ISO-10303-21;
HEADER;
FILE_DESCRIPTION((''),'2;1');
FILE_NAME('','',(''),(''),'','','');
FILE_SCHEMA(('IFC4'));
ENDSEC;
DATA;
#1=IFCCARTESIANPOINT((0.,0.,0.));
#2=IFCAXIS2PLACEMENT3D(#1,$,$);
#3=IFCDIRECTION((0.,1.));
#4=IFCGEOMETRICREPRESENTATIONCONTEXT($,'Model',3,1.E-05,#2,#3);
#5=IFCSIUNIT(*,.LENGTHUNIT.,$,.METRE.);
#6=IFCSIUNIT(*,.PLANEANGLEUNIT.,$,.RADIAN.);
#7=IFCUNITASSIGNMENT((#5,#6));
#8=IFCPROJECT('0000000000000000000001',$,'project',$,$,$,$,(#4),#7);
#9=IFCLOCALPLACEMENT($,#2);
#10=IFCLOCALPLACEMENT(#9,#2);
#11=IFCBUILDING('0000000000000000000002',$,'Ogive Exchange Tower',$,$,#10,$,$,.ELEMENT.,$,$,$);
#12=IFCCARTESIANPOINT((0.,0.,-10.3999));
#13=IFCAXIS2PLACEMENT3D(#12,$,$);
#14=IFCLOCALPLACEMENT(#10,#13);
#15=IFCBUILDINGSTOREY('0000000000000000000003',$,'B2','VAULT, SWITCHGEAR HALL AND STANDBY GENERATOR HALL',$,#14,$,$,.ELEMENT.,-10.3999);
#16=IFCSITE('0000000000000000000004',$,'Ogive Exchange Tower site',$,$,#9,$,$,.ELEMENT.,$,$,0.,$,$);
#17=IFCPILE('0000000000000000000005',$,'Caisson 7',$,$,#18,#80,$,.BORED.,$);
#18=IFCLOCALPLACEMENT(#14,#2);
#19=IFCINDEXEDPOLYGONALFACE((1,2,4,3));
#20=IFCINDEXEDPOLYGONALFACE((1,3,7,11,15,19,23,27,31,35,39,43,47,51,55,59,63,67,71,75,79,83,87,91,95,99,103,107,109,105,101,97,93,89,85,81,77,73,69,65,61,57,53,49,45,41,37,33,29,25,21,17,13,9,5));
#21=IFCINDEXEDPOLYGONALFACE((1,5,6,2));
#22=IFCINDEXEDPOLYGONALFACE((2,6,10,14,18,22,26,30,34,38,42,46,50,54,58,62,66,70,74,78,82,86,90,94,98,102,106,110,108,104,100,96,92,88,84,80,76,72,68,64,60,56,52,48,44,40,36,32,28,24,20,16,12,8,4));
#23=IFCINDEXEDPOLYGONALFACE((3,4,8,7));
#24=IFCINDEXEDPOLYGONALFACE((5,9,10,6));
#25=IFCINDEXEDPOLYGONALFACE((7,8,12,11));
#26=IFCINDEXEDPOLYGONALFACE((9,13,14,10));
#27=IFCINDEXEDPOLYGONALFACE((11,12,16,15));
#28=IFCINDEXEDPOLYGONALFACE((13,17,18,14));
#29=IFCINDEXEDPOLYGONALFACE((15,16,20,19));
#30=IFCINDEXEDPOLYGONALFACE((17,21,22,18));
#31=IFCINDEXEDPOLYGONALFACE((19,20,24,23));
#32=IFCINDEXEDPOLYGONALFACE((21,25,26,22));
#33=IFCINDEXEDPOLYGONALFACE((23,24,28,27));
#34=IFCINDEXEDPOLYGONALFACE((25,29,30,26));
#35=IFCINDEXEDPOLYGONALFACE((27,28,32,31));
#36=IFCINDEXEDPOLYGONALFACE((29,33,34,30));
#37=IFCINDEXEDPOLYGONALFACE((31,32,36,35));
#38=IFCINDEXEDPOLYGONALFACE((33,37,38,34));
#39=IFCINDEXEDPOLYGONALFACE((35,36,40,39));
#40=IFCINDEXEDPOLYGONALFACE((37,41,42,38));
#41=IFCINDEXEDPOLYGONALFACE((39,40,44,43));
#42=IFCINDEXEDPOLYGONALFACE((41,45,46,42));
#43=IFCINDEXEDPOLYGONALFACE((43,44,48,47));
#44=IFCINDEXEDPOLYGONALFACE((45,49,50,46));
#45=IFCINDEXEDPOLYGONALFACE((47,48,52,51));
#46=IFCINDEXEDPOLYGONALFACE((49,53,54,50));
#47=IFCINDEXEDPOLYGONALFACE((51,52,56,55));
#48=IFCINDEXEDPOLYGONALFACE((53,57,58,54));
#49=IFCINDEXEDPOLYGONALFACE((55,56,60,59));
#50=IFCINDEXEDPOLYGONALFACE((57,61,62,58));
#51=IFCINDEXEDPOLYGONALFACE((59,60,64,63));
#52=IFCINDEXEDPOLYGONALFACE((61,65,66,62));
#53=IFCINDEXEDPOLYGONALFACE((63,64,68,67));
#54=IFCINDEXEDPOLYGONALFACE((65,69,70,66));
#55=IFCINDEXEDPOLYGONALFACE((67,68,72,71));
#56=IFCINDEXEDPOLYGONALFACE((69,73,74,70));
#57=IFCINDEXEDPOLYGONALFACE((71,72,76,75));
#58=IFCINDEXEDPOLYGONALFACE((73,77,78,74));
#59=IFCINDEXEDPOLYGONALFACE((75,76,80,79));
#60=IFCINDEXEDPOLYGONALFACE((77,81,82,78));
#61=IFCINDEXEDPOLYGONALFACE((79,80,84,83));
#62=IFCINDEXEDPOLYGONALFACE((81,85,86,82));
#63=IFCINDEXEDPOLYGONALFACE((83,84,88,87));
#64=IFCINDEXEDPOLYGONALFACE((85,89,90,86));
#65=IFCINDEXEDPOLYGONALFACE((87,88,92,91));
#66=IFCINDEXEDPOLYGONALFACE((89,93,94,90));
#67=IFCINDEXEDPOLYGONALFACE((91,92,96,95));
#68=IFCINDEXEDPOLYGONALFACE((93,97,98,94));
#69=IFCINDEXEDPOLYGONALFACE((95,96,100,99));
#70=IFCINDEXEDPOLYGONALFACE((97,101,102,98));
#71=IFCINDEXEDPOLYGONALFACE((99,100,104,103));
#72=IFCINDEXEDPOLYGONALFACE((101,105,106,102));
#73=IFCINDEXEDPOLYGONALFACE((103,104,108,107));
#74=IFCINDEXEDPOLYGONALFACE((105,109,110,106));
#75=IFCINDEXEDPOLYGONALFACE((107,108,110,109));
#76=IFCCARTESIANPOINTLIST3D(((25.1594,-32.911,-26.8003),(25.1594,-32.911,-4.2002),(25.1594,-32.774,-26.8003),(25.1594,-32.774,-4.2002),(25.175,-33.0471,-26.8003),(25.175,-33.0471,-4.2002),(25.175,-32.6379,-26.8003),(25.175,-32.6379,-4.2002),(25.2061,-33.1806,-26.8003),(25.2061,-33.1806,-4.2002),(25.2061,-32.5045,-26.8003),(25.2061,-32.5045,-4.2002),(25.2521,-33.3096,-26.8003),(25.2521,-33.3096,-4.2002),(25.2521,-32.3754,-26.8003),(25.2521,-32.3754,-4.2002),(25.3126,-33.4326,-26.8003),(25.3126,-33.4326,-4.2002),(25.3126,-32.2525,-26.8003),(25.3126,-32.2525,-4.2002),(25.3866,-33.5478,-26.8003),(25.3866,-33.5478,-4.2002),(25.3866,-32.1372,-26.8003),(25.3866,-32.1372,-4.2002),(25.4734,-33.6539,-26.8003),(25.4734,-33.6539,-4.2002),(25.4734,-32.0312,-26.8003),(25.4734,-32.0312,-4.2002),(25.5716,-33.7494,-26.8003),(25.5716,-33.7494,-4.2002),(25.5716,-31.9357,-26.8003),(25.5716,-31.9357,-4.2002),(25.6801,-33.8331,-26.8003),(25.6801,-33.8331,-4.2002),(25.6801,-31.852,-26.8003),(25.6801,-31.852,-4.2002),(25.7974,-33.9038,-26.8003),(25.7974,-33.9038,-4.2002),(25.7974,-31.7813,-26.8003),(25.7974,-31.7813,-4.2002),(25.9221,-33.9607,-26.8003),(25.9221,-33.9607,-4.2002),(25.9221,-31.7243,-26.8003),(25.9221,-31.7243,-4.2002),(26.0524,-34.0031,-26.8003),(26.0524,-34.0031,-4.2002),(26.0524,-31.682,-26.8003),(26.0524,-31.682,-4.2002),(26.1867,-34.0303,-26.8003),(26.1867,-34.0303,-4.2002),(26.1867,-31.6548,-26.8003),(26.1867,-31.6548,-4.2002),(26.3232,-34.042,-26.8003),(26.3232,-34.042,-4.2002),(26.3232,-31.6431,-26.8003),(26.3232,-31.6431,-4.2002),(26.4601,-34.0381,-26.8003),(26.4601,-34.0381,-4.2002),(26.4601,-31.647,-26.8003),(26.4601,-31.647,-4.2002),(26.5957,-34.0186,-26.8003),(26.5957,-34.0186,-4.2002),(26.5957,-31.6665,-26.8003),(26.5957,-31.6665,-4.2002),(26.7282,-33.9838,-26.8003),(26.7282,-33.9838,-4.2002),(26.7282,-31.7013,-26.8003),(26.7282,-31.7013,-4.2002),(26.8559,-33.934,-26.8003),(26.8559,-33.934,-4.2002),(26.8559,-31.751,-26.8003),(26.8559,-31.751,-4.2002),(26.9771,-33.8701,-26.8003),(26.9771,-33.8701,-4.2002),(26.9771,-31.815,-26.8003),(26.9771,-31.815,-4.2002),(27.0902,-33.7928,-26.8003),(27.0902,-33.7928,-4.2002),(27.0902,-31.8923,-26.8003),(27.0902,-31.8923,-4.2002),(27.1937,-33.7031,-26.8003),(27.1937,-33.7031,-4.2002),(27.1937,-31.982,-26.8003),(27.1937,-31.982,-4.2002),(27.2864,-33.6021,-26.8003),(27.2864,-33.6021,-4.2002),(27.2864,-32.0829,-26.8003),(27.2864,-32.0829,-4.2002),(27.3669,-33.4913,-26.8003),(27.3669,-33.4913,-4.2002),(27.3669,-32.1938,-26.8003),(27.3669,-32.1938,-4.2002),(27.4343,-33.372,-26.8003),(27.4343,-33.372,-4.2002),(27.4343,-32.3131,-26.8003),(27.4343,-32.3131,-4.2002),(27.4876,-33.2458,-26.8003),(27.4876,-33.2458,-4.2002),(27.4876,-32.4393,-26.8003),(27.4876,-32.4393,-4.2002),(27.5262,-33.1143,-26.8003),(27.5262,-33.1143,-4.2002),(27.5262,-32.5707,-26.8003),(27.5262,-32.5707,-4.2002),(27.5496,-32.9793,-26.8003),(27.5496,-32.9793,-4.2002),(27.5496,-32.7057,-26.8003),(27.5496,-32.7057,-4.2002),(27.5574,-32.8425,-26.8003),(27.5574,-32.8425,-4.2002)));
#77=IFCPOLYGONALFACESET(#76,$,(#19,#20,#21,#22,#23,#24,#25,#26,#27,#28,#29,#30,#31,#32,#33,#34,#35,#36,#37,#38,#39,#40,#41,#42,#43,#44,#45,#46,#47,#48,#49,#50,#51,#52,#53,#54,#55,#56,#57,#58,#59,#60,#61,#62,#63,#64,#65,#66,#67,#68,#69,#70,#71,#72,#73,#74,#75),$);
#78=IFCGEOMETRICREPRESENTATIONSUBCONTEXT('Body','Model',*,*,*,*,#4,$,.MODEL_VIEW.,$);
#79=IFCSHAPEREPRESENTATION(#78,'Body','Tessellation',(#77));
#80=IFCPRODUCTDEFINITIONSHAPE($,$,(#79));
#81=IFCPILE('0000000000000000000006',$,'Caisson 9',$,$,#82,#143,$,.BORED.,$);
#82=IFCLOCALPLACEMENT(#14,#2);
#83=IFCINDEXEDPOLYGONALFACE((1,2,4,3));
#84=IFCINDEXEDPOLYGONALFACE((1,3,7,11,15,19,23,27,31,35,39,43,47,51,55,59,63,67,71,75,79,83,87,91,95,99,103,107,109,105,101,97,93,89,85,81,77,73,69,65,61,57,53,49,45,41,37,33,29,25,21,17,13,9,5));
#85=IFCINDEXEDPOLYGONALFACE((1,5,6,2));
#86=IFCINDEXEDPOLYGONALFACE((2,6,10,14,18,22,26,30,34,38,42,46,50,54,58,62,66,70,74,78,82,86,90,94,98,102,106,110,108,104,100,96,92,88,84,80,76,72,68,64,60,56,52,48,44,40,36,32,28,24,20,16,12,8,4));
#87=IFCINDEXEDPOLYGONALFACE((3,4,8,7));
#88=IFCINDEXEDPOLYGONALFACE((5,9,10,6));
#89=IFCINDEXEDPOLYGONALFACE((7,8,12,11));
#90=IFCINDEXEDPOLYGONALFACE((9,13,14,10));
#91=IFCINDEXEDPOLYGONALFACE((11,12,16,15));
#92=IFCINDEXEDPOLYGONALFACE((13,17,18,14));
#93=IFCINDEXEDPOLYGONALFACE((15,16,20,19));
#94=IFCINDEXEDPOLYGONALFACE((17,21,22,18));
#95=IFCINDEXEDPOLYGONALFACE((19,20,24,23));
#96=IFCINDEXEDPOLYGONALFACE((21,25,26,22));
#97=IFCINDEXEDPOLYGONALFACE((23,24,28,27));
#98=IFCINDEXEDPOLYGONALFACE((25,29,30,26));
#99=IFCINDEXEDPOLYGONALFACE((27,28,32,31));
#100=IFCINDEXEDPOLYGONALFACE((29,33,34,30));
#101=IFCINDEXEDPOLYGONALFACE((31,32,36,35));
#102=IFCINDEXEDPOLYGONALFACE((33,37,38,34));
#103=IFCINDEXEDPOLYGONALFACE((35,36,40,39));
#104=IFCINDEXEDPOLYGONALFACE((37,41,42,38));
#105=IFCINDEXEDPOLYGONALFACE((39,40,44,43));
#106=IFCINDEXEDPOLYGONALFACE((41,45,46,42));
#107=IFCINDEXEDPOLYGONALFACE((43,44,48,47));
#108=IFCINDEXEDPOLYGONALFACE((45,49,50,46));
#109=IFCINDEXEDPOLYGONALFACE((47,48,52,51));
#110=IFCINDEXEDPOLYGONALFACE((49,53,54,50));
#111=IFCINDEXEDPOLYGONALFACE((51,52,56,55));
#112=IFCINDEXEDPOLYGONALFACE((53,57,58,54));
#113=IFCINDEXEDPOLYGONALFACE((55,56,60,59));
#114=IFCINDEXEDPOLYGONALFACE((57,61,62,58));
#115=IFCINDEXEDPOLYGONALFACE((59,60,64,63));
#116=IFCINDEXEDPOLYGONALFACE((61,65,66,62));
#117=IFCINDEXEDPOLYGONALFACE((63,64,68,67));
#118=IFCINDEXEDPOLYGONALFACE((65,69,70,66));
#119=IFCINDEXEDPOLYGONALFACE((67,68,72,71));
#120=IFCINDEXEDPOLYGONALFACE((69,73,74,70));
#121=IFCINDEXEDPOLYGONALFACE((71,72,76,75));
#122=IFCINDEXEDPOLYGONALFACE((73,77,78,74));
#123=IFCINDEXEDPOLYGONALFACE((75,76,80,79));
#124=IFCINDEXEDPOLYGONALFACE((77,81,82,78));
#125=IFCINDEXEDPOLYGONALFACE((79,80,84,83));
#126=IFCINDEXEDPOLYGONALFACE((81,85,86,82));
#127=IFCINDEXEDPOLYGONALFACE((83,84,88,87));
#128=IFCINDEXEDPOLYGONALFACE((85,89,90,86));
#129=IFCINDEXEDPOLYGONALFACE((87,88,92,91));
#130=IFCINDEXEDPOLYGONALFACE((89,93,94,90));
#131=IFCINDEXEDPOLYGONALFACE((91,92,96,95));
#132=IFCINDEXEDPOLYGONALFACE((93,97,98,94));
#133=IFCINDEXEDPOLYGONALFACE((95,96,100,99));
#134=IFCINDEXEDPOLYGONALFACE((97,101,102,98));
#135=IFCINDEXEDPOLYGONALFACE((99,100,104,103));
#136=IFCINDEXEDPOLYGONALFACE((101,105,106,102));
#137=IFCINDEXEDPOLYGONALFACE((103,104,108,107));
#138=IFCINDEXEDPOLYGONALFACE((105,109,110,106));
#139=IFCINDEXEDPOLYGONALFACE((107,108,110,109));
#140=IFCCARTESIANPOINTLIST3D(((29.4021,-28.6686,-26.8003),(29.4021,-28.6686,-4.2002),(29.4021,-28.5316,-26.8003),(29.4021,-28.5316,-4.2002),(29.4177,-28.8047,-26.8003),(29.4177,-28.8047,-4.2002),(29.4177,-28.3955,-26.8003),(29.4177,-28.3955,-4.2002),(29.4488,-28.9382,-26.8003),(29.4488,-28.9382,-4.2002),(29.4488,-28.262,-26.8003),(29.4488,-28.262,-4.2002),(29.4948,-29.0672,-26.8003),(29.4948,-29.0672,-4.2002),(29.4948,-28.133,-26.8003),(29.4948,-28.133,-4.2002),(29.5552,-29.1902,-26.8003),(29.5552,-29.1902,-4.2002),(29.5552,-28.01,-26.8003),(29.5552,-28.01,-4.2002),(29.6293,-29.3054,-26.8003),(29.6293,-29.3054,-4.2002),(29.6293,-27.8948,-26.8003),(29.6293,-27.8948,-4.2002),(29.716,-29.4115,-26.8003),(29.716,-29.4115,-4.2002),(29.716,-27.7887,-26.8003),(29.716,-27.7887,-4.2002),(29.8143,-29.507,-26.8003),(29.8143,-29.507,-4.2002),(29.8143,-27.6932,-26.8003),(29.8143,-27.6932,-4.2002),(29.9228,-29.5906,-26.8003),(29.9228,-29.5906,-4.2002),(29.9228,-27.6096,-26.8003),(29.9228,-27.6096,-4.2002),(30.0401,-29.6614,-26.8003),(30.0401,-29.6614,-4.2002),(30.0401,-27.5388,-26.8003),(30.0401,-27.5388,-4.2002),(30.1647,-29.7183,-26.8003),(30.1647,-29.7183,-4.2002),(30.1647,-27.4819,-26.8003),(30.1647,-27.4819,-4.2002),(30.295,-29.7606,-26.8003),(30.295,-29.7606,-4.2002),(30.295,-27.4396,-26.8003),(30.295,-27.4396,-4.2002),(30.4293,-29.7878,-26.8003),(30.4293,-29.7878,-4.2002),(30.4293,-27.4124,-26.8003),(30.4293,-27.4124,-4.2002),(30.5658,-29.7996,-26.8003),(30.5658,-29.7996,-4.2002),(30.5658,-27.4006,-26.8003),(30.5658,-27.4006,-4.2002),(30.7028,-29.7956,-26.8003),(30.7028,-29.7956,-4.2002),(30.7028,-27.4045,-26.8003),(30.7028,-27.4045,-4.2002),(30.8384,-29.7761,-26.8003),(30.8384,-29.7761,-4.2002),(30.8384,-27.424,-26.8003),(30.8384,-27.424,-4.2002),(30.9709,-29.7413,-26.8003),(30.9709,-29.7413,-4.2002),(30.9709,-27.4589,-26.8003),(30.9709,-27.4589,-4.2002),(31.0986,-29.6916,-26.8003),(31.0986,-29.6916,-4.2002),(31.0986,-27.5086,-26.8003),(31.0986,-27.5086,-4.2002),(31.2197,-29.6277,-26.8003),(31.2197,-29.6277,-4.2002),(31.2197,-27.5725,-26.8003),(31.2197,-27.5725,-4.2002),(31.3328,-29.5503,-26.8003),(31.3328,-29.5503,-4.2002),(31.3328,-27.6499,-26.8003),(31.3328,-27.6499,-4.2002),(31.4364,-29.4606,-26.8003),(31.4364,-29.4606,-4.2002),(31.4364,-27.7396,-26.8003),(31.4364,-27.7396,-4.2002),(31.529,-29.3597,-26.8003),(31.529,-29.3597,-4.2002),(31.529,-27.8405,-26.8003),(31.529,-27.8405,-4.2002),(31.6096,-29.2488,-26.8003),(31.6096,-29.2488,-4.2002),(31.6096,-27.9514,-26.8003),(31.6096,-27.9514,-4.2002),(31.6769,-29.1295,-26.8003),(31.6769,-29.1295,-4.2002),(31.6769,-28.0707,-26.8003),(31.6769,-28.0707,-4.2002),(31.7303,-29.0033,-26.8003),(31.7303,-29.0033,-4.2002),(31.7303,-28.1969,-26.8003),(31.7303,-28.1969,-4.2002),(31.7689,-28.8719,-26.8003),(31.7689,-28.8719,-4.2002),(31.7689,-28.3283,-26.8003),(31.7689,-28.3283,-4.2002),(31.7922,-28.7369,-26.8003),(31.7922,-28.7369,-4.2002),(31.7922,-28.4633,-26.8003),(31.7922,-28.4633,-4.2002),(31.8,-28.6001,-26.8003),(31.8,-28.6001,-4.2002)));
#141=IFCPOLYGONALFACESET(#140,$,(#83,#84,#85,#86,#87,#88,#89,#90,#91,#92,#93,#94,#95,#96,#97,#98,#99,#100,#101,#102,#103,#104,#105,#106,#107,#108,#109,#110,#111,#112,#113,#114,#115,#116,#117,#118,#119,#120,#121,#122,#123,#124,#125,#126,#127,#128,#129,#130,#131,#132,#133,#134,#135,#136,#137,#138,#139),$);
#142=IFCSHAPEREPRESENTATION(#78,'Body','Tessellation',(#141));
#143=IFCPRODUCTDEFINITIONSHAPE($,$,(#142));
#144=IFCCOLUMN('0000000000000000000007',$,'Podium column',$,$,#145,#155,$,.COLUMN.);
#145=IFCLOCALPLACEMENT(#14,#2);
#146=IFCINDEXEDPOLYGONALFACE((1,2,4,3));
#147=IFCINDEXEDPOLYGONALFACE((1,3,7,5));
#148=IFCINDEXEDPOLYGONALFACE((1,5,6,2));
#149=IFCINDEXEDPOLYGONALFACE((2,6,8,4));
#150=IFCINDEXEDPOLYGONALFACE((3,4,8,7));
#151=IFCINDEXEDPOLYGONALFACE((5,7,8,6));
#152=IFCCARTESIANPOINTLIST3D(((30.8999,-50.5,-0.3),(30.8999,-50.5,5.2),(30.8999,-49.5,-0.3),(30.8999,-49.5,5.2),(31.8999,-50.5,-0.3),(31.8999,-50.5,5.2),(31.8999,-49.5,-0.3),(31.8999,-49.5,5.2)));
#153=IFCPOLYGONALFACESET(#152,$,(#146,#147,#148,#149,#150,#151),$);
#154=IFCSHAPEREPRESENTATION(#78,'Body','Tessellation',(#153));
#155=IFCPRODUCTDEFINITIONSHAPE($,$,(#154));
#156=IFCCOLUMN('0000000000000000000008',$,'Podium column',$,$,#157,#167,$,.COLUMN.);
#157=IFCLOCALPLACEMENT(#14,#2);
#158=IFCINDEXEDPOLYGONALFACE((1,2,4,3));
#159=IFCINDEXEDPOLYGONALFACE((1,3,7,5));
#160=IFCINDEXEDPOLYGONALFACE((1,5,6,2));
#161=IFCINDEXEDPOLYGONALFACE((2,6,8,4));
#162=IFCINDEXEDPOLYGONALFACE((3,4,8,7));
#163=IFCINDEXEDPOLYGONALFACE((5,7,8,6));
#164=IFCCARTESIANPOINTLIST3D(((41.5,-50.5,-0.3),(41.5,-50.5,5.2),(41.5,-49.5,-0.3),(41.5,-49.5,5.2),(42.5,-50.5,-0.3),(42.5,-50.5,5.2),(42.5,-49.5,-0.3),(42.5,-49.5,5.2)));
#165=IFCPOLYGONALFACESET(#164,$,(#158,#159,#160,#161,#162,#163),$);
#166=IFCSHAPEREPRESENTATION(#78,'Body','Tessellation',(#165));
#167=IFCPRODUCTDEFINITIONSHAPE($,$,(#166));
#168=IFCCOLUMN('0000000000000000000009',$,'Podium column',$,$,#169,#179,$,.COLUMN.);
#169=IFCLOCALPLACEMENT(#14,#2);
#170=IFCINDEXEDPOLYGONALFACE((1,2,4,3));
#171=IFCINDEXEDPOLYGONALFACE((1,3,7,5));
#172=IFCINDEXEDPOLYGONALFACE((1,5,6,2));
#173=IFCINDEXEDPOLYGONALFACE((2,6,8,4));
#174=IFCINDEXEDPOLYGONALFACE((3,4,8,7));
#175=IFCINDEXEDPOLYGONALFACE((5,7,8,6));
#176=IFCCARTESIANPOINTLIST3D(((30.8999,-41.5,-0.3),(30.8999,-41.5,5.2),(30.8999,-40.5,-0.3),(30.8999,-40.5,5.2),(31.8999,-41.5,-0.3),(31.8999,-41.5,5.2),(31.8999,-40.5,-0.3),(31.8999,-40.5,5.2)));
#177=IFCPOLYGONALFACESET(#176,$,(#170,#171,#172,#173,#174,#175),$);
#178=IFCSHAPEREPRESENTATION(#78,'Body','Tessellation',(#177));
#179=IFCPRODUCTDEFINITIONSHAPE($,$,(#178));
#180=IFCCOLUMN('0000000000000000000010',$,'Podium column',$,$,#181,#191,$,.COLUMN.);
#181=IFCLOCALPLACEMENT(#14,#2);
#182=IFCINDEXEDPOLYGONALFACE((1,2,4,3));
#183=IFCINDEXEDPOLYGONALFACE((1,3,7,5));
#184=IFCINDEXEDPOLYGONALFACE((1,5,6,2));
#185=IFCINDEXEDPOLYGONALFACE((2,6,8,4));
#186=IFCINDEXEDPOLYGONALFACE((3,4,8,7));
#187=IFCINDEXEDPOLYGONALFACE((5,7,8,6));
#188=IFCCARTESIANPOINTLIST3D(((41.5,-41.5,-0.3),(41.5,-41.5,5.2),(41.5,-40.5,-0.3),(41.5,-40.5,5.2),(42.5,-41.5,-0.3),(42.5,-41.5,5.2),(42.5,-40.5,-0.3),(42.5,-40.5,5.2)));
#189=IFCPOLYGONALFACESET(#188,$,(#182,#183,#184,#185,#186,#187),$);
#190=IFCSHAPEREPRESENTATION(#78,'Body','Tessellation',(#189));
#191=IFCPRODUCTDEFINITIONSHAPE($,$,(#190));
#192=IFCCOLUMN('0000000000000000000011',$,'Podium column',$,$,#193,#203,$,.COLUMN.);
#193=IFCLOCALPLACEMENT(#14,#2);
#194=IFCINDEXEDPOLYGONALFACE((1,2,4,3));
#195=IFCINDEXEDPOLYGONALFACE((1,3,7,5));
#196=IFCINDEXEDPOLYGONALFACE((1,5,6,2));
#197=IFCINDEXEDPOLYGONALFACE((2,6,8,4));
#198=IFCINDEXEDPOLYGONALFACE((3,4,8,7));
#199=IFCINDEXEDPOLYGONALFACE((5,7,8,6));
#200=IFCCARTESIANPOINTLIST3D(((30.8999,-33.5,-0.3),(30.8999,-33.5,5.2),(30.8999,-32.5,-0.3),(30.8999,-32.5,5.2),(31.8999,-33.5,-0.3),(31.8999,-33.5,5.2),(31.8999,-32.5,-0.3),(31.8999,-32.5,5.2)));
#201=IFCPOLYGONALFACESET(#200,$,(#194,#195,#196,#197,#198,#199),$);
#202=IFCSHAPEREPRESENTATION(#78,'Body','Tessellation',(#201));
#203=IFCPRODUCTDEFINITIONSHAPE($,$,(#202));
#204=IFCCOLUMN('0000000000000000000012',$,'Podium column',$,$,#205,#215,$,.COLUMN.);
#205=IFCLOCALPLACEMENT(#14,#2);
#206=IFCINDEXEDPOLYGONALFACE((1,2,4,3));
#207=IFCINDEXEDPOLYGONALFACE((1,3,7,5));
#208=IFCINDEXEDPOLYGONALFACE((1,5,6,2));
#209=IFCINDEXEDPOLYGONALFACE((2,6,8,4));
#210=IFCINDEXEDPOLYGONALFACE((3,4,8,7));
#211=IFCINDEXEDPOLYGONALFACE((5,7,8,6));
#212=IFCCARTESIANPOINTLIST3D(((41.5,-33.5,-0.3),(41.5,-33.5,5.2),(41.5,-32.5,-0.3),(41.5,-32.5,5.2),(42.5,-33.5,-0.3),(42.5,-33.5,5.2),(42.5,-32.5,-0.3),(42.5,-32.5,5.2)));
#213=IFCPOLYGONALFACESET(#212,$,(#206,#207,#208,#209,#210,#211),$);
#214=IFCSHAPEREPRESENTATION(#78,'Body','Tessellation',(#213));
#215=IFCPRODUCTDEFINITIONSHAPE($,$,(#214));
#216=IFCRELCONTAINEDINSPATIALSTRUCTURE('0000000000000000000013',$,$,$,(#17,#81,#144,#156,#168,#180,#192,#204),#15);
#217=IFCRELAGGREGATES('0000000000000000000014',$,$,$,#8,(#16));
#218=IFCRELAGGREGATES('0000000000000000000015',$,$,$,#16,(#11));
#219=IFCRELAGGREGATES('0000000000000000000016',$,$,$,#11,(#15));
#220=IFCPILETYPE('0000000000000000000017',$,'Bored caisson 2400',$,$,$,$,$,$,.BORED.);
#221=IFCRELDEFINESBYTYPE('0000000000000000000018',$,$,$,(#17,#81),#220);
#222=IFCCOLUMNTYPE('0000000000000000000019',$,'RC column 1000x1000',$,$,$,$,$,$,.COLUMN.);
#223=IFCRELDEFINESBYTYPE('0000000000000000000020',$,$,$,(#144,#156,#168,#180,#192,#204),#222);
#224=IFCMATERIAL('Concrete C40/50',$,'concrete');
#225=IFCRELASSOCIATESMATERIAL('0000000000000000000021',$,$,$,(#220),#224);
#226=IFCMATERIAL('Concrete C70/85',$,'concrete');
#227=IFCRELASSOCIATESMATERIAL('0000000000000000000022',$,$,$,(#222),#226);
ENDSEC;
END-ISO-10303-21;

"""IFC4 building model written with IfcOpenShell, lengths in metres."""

from ifc_helpers import new_model, si_unit, direction, frame, origin, origin_2d, place, context, subcontext, project, spatial, rectangle, circle, extrude, material, material_profile, profile_set, type_object, element, save


model = new_model("IFC4")

# Units and contexts
model_context = context("Model", 3, precision=1e-05, world=origin(), true_north=direction((0.0, 1.0)))
body_context = subcontext(model_context, "Body", "Model", "MODEL_VIEW")
ifc_project = project(units=[si_unit("LENGTHUNIT", "METRE"), si_unit("PLANEANGLEUNIT", "RADIAN")], contexts=[model_context])

# Site, building, storey
site_placement = place(None, origin())
site = spatial("IfcSite", under=ifc_project, at=site_placement, Name="Ogive Exchange Tower site", CompositionType="ELEMENT", RefElevation=0.0)
building_placement = place(site_placement, origin())
building = spatial("IfcBuilding", under=site, at=building_placement, Name="Ogive Exchange Tower", CompositionType="ELEMENT")
storey_placement = place(building_placement, frame((0.0, 0.0, -10.3999)))
storey = spatial("IfcBuildingStorey", under=building, at=storey_placement, Name="B2", Description="VAULT, SWITCHGEAR HALL AND STANDBY GENERATOR HALL", CompositionType="ELEMENT", Elevation=-10.3999)

# Piles
ifc_material_1 = material(Name="Concrete C40/50", Category="concrete")
ifc_material_profile_1 = material_profile(ifc_material_1, circle(Radius=1.2, at=origin_2d()), Name="RC caisson 2400")
ifc_profile_set_1 = profile_set([ifc_material_profile_1], Name="Concrete C40/50")
pile_type = type_object("IfcPileType", Name="Bored caisson 2400", PredefinedType="BORED", material=ifc_profile_set_1)
for number, where, z_axis, x_axis, name in (
    (1, (26.3574, -32.8425, -4.2002), (0.0, 0.0, -1.0), (1.0, 0.0, 0.0), "Caisson 7"),
    (2, (30.6001, -28.6001, -4.2002), (0.0, 0.0, -1.0), (1.0, 0.0, 0.0), "Caisson 9"),
):
    element("IfcPile", number, at=place(storey_placement, frame(where, z_axis=z_axis, x_axis=x_axis)), inside=storey, type_object=pile_type, Name=name, PredefinedType="BORED", context=body_context, shape_type="SweptSolid", body=[
        extrude(circle(Radius=1.2, at=origin_2d()), origin(), (0.0, 0.0, 1.0), 22.6001),
    ])

# Columns
ifc_material_2 = material(Name="Concrete C70/85", Category="concrete")
ifc_material_profile_2 = material_profile(ifc_material_2, rectangle(XDim=1.0, YDim=1.0, at=origin_2d()), Name="RC 1000x1000")
ifc_profile_set_2 = profile_set([ifc_material_profile_2], Name="Concrete C70/85")
column_type_1 = type_object("IfcColumnType", Name="RC column 1000x1000", PredefinedType="COLUMN", material=ifc_profile_set_2)
for number, where, z_axis, x_axis, name in (
    (3, (31.3999, -50.0, -0.3), (0.0, 0.0, 1.0), (1.0, 0.0, 0.0), "Podium column"),
    (4, (42.0, -50.0, -0.3), (0.0, 0.0, 1.0), (1.0, 0.0, 0.0), "Podium column"),
    (5, (31.3999, -41.0, -0.3), (0.0, 0.0, 1.0), (1.0, 0.0, 0.0), "Podium column"),
    (6, (42.0, -41.0, -0.3), (0.0, 0.0, 1.0), (1.0, 0.0, 0.0), "Podium column"),
    (7, (31.3999, -33.0, -0.3), (0.0, 0.0, 1.0), (1.0, 0.0, 0.0), "Podium column"),
    (8, (42.0, -33.0, -0.3), (0.0, 0.0, 1.0), (1.0, 0.0, 0.0), "Podium column"),
):
    element("IfcColumn", number, at=place(storey_placement, frame(where, z_axis=z_axis, x_axis=x_axis)), inside=storey, type_object=column_type_1, Name=name, PredefinedType="COLUMN", context=body_context, shape_type="SweptSolid", body=[
        extrude(rectangle(XDim=1.0, YDim=1.0, at=origin_2d()), origin(), (0.0, 0.0, 1.0), 5.5),
    ])

save(model, "model.ifc")
